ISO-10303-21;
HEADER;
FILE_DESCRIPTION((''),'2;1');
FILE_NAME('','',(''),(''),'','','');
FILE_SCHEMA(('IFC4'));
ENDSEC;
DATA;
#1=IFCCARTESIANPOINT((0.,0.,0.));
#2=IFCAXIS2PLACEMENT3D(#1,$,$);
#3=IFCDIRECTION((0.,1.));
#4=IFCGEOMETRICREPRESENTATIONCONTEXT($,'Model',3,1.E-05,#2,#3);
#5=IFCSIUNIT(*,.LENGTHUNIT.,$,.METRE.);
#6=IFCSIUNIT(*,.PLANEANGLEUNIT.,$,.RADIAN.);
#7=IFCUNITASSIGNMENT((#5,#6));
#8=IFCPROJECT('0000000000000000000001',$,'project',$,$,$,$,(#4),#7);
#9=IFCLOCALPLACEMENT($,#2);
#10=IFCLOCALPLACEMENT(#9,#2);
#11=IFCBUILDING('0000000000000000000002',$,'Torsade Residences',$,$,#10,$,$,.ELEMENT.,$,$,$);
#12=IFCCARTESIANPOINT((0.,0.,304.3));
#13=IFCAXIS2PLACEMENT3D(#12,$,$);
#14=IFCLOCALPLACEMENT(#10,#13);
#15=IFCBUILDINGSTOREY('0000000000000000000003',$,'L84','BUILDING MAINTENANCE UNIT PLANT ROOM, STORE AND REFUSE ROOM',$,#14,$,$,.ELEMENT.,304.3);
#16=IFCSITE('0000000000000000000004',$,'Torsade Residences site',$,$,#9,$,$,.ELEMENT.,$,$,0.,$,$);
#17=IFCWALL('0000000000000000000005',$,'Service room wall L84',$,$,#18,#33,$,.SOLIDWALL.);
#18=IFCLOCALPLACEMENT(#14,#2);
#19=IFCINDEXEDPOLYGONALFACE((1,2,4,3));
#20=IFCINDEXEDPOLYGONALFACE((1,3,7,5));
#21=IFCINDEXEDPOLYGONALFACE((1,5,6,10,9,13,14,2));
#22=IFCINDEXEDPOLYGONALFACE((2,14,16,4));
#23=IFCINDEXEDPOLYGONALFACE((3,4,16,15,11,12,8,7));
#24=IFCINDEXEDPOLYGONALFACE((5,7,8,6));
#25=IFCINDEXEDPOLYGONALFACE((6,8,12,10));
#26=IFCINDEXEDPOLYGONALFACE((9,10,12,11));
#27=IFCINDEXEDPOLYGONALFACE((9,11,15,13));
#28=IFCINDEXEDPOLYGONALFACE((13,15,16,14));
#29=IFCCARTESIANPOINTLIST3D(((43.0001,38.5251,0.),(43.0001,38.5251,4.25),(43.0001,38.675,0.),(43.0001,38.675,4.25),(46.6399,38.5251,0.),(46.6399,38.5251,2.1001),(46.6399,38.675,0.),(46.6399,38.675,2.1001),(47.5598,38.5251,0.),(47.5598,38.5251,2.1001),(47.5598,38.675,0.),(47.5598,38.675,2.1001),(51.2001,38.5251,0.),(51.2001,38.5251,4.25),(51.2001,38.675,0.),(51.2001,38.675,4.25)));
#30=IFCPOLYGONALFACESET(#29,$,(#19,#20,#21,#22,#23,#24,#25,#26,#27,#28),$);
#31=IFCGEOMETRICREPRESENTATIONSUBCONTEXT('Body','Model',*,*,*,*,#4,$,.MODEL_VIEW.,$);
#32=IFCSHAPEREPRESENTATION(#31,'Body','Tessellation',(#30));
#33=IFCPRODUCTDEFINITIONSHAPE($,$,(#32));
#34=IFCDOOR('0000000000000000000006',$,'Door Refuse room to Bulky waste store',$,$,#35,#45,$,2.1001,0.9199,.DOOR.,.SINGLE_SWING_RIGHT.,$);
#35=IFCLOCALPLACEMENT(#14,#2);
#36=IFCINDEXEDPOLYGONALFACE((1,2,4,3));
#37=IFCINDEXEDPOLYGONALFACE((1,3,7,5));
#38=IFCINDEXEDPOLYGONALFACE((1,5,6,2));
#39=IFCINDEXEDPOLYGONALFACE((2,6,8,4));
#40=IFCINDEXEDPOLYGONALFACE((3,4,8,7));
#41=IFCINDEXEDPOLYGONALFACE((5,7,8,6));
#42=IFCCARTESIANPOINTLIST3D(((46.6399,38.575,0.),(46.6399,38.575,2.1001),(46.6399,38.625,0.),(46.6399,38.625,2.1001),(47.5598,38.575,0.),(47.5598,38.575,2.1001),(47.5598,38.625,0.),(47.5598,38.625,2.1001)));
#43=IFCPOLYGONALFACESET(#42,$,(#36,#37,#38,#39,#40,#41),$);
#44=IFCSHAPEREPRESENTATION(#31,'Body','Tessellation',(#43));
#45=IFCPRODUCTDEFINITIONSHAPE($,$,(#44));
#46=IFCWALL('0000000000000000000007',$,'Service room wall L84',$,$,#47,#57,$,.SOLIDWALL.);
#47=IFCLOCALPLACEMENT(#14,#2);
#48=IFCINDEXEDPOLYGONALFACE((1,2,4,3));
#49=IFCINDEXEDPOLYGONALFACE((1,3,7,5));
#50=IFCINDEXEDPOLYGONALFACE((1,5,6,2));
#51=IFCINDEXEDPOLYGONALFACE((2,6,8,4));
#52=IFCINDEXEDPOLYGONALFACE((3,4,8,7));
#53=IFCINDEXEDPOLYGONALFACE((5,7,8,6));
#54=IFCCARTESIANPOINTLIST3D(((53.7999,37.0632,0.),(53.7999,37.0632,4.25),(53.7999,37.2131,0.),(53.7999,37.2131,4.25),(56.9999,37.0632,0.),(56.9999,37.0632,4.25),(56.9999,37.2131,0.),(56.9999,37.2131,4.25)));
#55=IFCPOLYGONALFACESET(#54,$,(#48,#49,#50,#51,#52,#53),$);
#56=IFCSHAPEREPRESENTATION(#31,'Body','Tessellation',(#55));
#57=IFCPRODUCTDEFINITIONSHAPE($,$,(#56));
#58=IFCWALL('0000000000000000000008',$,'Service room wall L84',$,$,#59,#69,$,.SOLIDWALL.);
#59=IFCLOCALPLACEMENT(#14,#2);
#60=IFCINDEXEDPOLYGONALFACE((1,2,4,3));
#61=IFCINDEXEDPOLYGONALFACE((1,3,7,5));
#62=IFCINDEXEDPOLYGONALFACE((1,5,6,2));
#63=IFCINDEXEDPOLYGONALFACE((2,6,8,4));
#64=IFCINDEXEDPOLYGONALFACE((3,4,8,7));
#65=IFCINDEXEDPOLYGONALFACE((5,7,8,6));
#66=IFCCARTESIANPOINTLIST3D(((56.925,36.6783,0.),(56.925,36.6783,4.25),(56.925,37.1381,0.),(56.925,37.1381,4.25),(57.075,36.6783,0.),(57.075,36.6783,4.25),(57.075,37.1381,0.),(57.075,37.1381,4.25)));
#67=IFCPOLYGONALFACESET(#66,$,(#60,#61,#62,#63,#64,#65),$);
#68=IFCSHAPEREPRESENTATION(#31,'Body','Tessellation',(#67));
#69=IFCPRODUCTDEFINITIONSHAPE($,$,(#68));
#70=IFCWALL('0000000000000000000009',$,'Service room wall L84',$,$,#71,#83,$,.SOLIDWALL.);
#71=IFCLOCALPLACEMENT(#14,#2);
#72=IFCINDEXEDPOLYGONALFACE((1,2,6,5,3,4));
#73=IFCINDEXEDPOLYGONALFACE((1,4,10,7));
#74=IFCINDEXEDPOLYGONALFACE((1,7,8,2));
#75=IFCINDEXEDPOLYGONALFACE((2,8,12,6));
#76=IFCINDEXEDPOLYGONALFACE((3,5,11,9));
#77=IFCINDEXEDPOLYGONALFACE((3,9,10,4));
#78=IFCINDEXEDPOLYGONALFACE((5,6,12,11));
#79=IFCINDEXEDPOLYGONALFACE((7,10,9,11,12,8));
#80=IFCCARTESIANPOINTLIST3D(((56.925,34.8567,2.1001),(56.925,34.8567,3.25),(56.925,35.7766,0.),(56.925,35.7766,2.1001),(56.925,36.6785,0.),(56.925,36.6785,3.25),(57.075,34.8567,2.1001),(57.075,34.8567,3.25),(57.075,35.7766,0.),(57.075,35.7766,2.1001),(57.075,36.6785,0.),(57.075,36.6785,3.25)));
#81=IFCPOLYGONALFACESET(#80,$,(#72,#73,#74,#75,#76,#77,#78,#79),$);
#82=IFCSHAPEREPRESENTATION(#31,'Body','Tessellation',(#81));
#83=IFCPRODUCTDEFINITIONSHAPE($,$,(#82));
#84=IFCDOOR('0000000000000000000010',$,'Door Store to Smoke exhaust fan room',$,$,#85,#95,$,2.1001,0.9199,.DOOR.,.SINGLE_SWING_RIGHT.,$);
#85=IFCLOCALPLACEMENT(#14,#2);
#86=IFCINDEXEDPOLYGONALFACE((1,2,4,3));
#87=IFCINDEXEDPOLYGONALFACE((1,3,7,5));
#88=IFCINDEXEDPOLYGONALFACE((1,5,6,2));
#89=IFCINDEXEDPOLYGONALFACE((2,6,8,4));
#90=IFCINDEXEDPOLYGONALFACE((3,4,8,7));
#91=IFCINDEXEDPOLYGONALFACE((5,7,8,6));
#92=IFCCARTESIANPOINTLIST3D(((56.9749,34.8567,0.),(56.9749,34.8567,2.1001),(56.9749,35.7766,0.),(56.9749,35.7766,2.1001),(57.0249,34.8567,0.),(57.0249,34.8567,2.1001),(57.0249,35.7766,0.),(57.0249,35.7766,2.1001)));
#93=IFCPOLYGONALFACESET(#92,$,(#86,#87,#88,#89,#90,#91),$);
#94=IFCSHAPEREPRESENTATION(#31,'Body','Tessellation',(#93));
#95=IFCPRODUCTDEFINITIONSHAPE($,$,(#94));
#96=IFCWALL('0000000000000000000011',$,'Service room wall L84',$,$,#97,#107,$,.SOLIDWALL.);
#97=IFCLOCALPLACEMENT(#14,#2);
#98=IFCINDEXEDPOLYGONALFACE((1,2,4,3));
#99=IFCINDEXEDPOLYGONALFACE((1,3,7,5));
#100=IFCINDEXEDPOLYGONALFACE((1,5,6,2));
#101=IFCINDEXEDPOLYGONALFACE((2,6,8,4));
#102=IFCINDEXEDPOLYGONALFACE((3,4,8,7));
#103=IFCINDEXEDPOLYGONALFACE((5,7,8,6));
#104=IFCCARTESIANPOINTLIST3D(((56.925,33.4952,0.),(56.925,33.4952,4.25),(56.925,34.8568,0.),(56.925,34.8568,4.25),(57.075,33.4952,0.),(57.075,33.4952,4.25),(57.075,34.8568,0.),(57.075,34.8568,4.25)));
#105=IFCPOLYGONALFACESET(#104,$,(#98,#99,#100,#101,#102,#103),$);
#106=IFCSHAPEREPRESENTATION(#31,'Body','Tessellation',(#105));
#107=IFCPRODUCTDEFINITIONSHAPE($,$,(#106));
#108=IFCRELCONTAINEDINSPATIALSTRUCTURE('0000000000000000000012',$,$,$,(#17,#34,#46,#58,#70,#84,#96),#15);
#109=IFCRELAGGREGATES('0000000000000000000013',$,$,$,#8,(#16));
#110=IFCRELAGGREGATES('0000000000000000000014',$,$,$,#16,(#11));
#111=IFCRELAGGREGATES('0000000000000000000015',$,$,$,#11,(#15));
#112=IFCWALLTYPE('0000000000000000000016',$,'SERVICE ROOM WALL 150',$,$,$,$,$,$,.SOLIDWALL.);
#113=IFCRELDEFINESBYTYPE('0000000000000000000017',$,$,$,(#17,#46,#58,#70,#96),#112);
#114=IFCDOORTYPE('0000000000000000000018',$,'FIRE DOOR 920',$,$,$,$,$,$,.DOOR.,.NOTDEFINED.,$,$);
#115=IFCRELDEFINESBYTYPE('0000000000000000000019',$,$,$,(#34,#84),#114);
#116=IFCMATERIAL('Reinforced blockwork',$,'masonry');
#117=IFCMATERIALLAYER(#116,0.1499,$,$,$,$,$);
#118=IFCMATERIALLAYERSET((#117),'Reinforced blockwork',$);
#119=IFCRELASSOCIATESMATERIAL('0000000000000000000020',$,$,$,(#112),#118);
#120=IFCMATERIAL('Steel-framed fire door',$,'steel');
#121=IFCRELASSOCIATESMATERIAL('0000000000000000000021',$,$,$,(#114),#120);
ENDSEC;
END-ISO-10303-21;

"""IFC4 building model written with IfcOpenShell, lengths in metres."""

from ifc_helpers import new_model, si_unit, direction, frame, frame_2d, origin, place, context, subcontext, project, spatial, rectangle, extrude, material, layer, layer_set, type_object, element, fill, save


model = new_model("IFC4")

# Units and contexts
model_context = context("Model", 3, precision=1e-05, world=origin(), true_north=direction((0.0, 1.0)))
body_context = subcontext(model_context, "Body", "Model", "MODEL_VIEW")
ifc_project = project(units=[si_unit("LENGTHUNIT", "METRE"), si_unit("PLANEANGLEUNIT", "RADIAN")], contexts=[model_context])

# Site, building, storey
site_placement = place(None, origin())
site = spatial("IfcSite", under=ifc_project, at=site_placement, Name="Torsade Residences site", CompositionType="ELEMENT", RefElevation=0.0)
building_placement = place(site_placement, origin())
building = spatial("IfcBuilding", under=site, at=building_placement, Name="Torsade Residences", CompositionType="ELEMENT")
storey_placement = place(building_placement, frame((0.0, 0.0, 304.3)))
storey = spatial("IfcBuildingStorey", under=building, at=storey_placement, Name="L84", Description="BUILDING MAINTENANCE UNIT PLANT ROOM, STORE AND REFUSE ROOM", CompositionType="ELEMENT", Elevation=304.3)

# Shared definitions
ifc_material_1 = material(Name="Reinforced blockwork", Category="masonry")
ifc_layer_1 = layer(ifc_material_1, 0.1499)
ifc_layer_set_1 = layer_set([ifc_layer_1], Name="Reinforced blockwork")
wall_type_1 = type_object("IfcWallType", Name="SERVICE ROOM WALL 150", PredefinedType="SOLIDWALL", material=ifc_layer_set_1)

# Wall, opening, door
wall_1_placement = place(storey_placement, frame((43.0, 38.6001, 0.0), z_axis=(0.0, 0.0, 1.0), x_axis=(1.0, 0.0, 0.0)))
wall_1 = element("IfcWall", 1, at=wall_1_placement, inside=storey, type_object=wall_type_1, Name="Service room wall L84", PredefinedType="SOLIDWALL", context=body_context, shape_type="SweptSolid", body=[
    extrude(rectangle(XDim=8.2, YDim=0.1499, at=frame_2d((4.1001, 0.0))), origin(), (0.0, 0.0, 1.0), 4.25),
])
opening_1_placement = place(wall_1_placement, frame((3.6399, 0.0, 0.0)))
opening_1 = element("IfcOpeningElement", 2, at=opening_1_placement, cuts=wall_1, PredefinedType="OPENING", context=body_context, shape_type="SweptSolid", body=[
    extrude(rectangle(XDim=0.9199, YDim=2.1001, at=frame_2d((0.46, 1.05))), frame((0.0, 0.085, 0.0), z_axis=(0.0, -1.0, 0.0), x_axis=(1.0, 0.0, 0.0)), (0.0, 0.0, 1.0), 0.1699),
])
ifc_material_2 = material(Name="Steel-framed fire door", Category="steel")
door_type = type_object("IfcDoorType", Name="FIRE DOOR 920", OperationType="NOTDEFINED", PredefinedType="DOOR", material=ifc_material_2)
door_1_placement = place(opening_1_placement, origin())
door_1 = element("IfcDoor", 3, at=door_1_placement, inside=storey, type_object=door_type, Name="Door Refuse room to Bulky waste store", OperationType="SINGLE_SWING_RIGHT", OverallHeight=2.1001, OverallWidth=0.9199, PredefinedType="DOOR", context=body_context, shape_type="SweptSolid", body=[
    extrude(rectangle(XDim=0.9199, YDim=2.1001, at=frame_2d((0.46, 1.05))), frame((0.0, 0.0249, 0.0), z_axis=(0.0, -1.0, 0.0), x_axis=(1.0, 0.0, 0.0)), (0.0, 0.0, 1.0), 0.05),
])
fill(opening_1, door_1)

# Walls
wall_2_placement = place(storey_placement, frame((57.0, 37.1382, 0.0), z_axis=(0.0, 0.0, 1.0), x_axis=(-1.0, 0.0, 0.0)))
element("IfcWall", 4, at=wall_2_placement, inside=storey, type_object=wall_type_1, Name="Service room wall L84", PredefinedType="SOLIDWALL", context=body_context, shape_type="SweptSolid", body=[
    extrude(rectangle(XDim=3.2, YDim=0.1499, at=frame_2d((1.6001, 0.0))), origin(), (0.0, 0.0, 1.0), 4.25),
])
wall_3_placement = place(storey_placement, frame((57.0, 37.1382, 0.0), z_axis=(0.0, 0.0, 1.0), x_axis=(0.0, -1.0, 0.0)))
element("IfcWall", 5, at=wall_3_placement, inside=storey, type_object=wall_type_1, Name="Service room wall L84", PredefinedType="SOLIDWALL", context=body_context, shape_type="SweptSolid", body=[
    extrude(rectangle(XDim=0.4597, YDim=0.1499, at=frame_2d((0.23, 0.0))), origin(), (0.0, 0.0, 1.0), 4.25),
])

# Wall, opening, door
wall_4_placement = place(storey_placement, frame((57.0, 36.6785, 0.0), z_axis=(0.0, 0.0, 1.0), x_axis=(0.0, -1.0, 0.0)))
wall_4 = element("IfcWall", 6, at=wall_4_placement, inside=storey, type_object=wall_type_1, Name="Service room wall L84", PredefinedType="SOLIDWALL", context=body_context, shape_type="SweptSolid", body=[
    extrude(rectangle(XDim=1.8218, YDim=0.1499, at=frame_2d((0.9109, 0.0))), origin(), (0.0, 0.0, 1.0), 3.25),
])
opening_2_placement = place(wall_4_placement, frame((0.9019, 0.0, 0.0)))
opening_2 = element("IfcOpeningElement", 7, at=opening_2_placement, cuts=wall_4, PredefinedType="OPENING", context=body_context, shape_type="SweptSolid", body=[
    extrude(rectangle(XDim=0.9199, YDim=2.1001, at=frame_2d((0.46, 1.05))), frame((0.0, 0.085, 0.0), z_axis=(0.0, -1.0, 0.0), x_axis=(1.0, 0.0, 0.0)), (0.0, 0.0, 1.0), 0.1699),
])
door_2_placement = place(opening_2_placement, origin())
door_2 = element("IfcDoor", 8, at=door_2_placement, inside=storey, type_object=door_type, Name="Door Store to Smoke exhaust fan room", OperationType="SINGLE_SWING_RIGHT", OverallHeight=2.1001, OverallWidth=0.9199, PredefinedType="DOOR", context=body_context, shape_type="SweptSolid", body=[
    extrude(rectangle(XDim=0.9199, YDim=2.1001, at=frame_2d((0.46, 1.05))), frame((0.0, 0.0249, 0.0), z_axis=(0.0, -1.0, 0.0), x_axis=(1.0, 0.0, 0.0)), (0.0, 0.0, 1.0), 0.05),
])
fill(opening_2, door_2)

# Wall
wall_5_placement = place(storey_placement, frame((57.0, 34.8567, 0.0), z_axis=(0.0, 0.0, 1.0), x_axis=(0.0, -1.0, 0.0)))
element("IfcWall", 9, at=wall_5_placement, inside=storey, type_object=wall_type_1, Name="Service room wall L84", PredefinedType="SOLIDWALL", context=body_context, shape_type="SweptSolid", body=[
    extrude(rectangle(XDim=1.3616, YDim=0.1499, at=frame_2d((0.6807, 0.0))), origin(), (0.0, 0.0, 1.0), 4.25),
])

save(model, "model.ifc")
